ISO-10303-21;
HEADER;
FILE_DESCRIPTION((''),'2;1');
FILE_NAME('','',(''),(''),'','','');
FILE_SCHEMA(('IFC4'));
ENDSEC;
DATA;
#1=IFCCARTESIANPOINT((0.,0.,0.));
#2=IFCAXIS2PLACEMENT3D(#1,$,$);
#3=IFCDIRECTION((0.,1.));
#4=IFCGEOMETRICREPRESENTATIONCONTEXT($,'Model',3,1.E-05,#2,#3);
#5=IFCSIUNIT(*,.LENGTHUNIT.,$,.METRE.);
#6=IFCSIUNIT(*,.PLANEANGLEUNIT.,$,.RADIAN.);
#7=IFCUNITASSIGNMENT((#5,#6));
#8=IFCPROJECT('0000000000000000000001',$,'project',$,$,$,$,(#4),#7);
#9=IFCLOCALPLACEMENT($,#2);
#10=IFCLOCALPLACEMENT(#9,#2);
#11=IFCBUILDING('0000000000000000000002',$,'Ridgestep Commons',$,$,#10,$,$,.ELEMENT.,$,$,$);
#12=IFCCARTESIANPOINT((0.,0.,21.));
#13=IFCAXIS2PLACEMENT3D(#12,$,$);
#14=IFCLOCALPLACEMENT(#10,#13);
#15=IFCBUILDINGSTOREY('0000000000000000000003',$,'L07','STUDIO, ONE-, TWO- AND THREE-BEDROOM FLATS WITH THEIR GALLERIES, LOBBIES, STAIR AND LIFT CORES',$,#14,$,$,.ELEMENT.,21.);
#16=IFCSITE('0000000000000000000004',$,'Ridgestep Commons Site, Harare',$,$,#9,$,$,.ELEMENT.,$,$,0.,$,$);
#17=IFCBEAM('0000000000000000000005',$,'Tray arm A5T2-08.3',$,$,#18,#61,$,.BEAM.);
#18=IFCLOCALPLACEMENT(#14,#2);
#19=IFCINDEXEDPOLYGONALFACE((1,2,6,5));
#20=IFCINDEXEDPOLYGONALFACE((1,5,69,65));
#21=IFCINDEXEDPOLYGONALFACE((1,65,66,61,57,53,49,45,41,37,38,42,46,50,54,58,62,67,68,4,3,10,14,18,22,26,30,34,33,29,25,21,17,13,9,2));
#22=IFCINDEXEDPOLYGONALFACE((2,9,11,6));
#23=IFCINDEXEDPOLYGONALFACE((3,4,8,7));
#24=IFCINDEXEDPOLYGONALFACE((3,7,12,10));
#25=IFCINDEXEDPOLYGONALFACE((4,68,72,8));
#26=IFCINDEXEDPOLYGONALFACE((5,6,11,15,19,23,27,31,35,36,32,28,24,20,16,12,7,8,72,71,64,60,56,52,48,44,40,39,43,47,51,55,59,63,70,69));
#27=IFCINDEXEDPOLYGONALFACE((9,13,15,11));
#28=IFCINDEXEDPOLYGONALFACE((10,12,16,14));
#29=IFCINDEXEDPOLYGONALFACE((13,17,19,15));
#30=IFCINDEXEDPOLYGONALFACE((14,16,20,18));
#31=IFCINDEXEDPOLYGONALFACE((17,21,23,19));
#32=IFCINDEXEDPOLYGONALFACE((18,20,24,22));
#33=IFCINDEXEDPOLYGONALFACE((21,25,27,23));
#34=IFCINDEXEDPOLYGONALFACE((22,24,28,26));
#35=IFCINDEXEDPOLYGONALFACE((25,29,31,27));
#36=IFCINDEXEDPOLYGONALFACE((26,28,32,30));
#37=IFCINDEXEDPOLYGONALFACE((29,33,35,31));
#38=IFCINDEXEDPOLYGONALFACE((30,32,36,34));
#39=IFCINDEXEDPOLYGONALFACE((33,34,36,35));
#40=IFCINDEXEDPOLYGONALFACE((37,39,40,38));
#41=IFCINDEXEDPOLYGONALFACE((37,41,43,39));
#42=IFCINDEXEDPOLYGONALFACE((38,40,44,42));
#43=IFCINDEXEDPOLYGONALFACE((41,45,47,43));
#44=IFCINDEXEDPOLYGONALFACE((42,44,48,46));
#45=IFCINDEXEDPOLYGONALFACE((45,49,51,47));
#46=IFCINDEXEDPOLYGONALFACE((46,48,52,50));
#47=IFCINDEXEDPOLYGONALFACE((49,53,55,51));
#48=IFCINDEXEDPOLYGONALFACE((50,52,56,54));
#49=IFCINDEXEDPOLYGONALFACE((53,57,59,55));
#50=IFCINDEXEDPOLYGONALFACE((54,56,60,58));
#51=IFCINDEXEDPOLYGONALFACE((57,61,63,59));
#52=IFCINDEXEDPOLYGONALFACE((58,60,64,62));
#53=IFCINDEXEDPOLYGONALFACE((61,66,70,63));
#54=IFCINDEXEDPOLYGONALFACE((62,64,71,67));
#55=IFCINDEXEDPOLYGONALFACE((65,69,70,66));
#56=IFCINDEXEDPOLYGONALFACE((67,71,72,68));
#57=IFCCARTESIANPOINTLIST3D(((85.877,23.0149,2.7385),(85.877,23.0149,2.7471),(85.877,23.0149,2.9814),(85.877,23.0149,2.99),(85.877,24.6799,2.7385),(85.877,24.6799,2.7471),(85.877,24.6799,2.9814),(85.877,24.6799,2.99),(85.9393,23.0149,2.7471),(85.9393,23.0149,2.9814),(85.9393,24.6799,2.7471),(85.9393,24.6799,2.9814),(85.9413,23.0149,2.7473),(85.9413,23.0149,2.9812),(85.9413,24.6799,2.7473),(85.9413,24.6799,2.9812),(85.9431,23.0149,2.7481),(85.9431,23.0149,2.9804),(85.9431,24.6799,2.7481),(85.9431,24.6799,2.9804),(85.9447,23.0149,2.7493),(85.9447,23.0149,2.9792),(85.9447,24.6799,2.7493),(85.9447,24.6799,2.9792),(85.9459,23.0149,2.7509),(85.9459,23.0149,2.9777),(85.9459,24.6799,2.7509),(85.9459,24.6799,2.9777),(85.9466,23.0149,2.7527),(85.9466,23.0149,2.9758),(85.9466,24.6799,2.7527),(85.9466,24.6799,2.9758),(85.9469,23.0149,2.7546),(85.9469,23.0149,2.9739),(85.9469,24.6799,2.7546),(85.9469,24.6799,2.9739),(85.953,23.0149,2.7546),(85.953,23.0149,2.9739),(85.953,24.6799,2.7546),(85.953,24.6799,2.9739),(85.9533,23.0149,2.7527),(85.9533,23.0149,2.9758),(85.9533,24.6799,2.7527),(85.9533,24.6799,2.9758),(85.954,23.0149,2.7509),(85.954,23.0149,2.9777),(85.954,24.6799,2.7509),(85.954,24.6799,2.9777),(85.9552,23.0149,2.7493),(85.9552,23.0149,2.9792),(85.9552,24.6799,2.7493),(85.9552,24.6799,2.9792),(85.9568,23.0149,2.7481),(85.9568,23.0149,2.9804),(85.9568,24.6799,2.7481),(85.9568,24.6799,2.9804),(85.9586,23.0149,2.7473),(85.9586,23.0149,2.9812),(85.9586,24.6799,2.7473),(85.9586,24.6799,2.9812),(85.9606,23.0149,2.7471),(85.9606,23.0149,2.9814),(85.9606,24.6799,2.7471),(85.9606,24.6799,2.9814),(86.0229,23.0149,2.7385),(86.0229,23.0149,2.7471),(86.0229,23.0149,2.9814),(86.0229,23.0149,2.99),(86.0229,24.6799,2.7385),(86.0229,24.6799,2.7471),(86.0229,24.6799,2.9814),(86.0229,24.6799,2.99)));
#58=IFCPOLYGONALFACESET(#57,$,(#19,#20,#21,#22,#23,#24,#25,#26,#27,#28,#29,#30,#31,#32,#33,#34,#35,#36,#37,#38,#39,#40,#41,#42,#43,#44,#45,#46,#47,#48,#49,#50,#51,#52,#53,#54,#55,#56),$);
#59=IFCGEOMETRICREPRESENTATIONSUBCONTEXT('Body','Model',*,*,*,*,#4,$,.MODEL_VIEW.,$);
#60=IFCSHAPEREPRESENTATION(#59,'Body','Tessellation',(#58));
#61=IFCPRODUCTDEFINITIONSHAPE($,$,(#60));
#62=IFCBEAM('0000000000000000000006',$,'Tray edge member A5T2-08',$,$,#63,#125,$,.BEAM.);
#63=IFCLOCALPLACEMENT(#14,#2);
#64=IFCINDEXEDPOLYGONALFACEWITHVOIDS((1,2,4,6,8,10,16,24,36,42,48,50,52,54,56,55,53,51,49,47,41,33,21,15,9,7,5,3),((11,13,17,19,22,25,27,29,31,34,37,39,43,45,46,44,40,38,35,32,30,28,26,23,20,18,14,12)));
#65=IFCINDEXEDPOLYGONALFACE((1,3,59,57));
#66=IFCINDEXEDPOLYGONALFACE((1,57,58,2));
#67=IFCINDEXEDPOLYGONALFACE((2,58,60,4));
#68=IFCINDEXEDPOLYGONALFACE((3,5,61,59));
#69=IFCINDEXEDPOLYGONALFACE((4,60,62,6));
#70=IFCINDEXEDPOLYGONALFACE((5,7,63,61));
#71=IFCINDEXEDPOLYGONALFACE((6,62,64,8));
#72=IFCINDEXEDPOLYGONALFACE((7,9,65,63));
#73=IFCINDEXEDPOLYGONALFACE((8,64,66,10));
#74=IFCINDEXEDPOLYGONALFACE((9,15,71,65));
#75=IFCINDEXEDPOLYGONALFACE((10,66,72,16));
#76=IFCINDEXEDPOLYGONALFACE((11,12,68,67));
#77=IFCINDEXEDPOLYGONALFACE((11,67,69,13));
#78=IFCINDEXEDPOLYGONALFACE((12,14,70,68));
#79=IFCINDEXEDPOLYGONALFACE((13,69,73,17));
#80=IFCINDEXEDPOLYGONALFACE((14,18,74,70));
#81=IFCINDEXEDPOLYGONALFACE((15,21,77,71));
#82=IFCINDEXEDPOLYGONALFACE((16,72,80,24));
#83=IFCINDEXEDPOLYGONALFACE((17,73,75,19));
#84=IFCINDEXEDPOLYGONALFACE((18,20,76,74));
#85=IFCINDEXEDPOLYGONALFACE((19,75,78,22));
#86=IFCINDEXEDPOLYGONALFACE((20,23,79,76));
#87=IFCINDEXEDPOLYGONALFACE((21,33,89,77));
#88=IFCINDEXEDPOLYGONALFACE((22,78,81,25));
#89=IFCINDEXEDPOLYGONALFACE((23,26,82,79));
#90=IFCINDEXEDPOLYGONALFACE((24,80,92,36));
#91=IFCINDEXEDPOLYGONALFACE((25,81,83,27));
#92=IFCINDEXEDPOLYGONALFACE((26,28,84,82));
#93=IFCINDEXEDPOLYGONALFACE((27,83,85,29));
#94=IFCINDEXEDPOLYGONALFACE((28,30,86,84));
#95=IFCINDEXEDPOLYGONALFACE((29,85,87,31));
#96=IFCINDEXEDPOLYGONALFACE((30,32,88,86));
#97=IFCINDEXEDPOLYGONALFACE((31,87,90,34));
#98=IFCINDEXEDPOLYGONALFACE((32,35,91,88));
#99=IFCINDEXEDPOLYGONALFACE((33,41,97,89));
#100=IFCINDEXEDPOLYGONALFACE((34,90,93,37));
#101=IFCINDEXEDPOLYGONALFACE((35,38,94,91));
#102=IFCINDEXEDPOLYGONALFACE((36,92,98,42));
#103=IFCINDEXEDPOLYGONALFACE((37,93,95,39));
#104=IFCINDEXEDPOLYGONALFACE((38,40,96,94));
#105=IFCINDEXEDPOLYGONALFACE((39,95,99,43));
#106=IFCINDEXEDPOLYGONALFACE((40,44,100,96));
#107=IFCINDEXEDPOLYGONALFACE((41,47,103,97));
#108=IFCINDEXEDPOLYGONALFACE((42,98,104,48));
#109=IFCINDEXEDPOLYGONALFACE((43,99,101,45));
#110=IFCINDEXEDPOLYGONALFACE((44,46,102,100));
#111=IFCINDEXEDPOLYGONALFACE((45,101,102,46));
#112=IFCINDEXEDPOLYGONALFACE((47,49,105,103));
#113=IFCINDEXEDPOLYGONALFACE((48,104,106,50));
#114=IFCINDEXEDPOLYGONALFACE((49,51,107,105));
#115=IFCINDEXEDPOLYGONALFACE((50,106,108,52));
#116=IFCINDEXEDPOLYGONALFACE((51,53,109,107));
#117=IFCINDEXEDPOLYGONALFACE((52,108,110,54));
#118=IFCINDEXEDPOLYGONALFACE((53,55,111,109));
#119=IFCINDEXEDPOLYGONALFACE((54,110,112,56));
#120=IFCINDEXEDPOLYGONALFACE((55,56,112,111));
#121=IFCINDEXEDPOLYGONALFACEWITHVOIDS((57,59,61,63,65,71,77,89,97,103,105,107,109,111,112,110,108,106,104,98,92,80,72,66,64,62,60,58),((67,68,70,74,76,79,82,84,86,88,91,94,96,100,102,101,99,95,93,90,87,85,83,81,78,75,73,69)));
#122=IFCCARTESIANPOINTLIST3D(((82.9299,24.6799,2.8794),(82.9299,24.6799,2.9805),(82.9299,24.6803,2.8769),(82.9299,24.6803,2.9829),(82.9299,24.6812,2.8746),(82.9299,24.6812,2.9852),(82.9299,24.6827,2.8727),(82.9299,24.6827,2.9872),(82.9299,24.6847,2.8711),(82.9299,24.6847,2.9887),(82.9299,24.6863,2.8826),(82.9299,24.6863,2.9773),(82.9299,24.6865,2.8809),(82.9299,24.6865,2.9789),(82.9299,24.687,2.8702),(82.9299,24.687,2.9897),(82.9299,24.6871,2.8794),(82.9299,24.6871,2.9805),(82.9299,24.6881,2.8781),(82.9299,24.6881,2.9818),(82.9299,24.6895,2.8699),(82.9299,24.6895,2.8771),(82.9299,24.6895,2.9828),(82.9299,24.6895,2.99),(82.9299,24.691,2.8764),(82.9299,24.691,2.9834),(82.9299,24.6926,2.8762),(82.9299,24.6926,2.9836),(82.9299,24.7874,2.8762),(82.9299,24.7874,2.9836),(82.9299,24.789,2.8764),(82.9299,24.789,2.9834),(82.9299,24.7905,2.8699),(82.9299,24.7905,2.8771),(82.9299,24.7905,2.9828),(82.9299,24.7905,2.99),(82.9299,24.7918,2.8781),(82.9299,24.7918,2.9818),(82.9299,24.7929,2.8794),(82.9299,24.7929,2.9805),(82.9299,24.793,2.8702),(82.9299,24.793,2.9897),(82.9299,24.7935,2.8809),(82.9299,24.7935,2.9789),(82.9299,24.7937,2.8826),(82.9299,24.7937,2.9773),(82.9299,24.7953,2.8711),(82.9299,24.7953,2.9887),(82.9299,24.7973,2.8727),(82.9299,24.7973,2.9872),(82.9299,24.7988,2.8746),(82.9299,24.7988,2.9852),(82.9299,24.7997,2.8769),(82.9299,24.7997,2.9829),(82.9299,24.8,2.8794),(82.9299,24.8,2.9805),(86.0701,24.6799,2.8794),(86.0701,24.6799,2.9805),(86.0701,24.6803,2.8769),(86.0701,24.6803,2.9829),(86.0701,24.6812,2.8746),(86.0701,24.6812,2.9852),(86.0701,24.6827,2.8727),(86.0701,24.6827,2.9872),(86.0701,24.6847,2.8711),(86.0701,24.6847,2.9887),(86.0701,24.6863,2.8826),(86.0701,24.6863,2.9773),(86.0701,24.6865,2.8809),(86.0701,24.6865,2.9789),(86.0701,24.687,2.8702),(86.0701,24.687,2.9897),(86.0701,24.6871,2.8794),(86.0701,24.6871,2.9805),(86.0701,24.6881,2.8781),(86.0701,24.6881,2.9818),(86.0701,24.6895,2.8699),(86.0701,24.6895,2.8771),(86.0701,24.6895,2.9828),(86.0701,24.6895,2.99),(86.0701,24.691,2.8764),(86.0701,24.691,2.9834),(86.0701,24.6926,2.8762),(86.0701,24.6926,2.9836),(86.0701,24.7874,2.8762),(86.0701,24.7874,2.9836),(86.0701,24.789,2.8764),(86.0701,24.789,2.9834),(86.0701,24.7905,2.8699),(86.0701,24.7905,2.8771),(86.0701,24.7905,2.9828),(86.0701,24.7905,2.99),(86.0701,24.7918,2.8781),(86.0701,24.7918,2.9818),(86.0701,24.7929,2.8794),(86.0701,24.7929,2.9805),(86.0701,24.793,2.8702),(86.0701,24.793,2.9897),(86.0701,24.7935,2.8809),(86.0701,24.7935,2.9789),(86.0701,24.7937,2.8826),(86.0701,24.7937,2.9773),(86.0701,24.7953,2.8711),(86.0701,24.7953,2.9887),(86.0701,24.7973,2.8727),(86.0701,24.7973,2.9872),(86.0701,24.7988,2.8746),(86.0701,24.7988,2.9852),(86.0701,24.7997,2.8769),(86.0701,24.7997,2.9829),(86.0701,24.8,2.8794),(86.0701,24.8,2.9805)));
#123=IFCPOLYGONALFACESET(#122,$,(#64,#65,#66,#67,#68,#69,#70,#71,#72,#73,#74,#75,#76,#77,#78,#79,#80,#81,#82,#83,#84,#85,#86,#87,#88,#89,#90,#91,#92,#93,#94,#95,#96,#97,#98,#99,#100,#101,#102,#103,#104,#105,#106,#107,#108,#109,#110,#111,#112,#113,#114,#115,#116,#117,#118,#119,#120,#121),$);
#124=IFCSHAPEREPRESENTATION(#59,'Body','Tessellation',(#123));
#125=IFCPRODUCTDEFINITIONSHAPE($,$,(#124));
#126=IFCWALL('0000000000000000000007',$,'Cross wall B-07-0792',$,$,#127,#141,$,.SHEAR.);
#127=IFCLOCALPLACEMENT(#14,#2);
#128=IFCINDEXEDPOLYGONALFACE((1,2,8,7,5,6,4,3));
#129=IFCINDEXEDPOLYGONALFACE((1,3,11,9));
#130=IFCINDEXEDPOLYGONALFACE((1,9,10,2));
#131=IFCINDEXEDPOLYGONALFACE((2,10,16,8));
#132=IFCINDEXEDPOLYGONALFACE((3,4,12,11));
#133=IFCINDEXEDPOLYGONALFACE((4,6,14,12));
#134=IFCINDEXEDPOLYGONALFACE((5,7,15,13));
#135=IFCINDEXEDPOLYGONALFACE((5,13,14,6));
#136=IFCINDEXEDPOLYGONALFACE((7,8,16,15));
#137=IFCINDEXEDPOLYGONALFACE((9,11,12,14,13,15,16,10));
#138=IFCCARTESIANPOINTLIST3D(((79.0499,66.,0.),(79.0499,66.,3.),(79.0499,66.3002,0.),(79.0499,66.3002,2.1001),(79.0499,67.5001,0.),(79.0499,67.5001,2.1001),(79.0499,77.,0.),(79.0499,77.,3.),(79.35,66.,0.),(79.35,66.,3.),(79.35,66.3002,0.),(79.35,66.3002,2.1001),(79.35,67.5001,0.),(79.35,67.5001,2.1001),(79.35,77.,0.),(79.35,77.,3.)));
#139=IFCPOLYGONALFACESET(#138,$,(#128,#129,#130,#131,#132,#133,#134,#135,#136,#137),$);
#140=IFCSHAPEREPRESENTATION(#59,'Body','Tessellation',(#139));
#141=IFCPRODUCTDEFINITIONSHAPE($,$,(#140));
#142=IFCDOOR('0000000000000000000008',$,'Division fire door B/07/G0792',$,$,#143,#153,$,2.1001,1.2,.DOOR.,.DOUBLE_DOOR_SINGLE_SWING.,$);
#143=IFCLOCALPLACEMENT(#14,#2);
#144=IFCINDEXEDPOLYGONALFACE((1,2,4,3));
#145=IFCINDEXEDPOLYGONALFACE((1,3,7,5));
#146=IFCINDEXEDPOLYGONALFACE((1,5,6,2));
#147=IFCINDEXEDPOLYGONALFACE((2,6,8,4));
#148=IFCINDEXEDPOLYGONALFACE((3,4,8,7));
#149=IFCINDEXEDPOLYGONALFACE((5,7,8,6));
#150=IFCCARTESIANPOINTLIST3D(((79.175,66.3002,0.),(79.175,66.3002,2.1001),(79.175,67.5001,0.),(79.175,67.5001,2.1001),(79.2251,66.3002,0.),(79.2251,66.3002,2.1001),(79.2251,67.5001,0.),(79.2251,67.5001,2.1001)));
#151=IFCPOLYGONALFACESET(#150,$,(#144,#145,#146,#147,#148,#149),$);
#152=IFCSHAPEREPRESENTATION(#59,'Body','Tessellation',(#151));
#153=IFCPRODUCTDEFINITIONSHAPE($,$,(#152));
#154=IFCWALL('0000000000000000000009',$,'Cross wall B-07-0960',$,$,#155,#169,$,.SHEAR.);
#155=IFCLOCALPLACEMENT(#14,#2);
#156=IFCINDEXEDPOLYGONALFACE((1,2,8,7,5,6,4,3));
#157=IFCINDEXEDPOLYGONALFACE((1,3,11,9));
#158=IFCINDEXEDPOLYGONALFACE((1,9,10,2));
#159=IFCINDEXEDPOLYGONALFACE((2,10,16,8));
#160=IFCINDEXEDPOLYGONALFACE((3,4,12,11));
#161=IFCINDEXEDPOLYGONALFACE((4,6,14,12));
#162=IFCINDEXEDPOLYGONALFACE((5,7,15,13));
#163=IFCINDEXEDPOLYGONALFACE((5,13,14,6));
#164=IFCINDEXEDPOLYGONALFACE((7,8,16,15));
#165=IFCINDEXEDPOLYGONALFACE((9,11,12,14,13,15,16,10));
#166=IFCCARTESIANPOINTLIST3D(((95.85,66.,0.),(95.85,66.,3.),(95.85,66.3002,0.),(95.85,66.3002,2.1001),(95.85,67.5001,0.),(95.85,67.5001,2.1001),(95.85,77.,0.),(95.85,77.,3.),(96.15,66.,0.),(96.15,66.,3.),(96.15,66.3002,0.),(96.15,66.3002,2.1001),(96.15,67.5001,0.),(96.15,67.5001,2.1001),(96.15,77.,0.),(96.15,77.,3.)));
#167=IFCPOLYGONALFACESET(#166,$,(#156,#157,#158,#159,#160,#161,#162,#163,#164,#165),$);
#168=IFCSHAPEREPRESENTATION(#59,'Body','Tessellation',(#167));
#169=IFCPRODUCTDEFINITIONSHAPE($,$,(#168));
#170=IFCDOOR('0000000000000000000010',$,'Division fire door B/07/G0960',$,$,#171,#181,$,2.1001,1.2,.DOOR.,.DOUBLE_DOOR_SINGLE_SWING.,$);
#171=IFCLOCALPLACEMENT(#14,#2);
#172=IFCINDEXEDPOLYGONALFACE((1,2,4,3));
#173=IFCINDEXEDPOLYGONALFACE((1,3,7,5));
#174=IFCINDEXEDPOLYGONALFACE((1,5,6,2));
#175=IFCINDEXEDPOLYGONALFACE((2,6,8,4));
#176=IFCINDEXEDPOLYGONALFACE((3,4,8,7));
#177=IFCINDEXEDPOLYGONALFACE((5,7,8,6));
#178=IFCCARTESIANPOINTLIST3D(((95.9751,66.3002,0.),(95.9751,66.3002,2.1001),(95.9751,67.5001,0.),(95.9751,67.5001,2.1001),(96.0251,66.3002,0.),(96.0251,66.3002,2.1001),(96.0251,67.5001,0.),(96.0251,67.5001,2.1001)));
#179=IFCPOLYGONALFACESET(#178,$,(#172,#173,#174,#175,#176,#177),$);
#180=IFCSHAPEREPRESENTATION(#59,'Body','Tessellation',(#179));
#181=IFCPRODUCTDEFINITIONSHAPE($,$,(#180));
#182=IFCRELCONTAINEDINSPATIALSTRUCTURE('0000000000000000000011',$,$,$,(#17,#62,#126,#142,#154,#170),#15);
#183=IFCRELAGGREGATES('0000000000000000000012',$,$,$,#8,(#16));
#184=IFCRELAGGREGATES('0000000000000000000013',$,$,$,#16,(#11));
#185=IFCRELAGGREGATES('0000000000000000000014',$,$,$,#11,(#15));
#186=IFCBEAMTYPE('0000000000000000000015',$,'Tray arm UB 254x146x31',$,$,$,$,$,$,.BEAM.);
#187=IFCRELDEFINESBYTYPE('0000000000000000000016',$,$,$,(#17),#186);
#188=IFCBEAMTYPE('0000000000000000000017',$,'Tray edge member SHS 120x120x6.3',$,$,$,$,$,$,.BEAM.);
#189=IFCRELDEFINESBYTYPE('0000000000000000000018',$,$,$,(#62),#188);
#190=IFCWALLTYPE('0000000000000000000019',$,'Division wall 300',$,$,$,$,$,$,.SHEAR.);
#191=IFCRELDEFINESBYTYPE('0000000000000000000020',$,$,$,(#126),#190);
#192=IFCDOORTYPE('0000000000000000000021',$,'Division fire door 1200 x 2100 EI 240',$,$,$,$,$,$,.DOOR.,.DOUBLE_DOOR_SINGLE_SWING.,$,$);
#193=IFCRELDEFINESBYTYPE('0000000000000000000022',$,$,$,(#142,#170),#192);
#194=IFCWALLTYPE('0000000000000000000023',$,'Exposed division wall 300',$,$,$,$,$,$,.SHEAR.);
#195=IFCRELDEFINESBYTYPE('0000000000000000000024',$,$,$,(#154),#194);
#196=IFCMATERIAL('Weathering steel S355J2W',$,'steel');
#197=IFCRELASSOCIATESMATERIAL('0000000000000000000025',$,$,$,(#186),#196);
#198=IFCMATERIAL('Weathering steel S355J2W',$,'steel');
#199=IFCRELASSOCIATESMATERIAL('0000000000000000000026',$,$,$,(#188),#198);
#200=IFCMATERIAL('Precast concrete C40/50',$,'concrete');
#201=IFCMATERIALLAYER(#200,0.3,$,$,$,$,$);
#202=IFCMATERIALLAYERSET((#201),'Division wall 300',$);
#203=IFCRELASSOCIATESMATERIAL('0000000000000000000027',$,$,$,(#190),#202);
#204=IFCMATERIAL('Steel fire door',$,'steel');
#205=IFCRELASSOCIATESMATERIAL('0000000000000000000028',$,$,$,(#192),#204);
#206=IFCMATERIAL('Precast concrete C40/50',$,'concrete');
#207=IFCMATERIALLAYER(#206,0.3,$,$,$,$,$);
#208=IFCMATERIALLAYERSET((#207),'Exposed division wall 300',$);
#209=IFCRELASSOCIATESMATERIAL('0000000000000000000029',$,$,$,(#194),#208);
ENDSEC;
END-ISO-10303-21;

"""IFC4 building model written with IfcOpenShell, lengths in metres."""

from ifc_helpers import new_model, si_unit, direction, frame, frame_2d, origin, origin_2d, place, context, subcontext, project, spatial, rectangle, hollow_rectangle, i_section, extrude, material, layer, layer_set, material_profile, profile_set, type_object, element, fill, save


model = new_model("IFC4")

# Units and contexts
model_context = context("Model", 3, precision=1e-05, world=origin(), true_north=direction((0.0, 1.0)))
body_context = subcontext(model_context, "Body", "Model", "MODEL_VIEW")
ifc_project = project(units=[si_unit("LENGTHUNIT", "METRE"), si_unit("PLANEANGLEUNIT", "RADIAN")], contexts=[model_context])

# Site, building, storey
site_placement = place(None, origin())
site = spatial("IfcSite", under=ifc_project, at=site_placement, Name="Ridgestep Commons Site, Harare", CompositionType="ELEMENT", RefElevation=0.0)
building_placement = place(site_placement, origin())
building = spatial("IfcBuilding", under=site, at=building_placement, Name="Ridgestep Commons", CompositionType="ELEMENT")
storey_placement = place(building_placement, frame((0.0, 0.0, 21.0)))
storey = spatial("IfcBuildingStorey", under=building, at=storey_placement, Name="L07", Description="STUDIO, ONE-, TWO- AND THREE-BEDROOM FLATS WITH THEIR GALLERIES, LOBBIES, STAIR AND LIFT CORES", CompositionType="ELEMENT", Elevation=21.0)

# Beams
ifc_material_1 = material(Name="Weathering steel S355J2W", Category="steel")
ifc_material_profile_1 = material_profile(ifc_material_1, i_section(OverallWidth=0.146, OverallDepth=0.2515, WebThickness=0.0061, FlangeThickness=0.0085, FilletRadius=0.0076, at=origin_2d()), Name="UB 254x146x31")
ifc_profile_set_1 = profile_set([ifc_material_profile_1], Name="Weathering steel S355J2W")
beam_type_1 = type_object("IfcBeamType", Name="Tray arm UB 254x146x31", PredefinedType="BEAM", material=ifc_profile_set_1)
for number, where, z_axis, x_axis, name in (
    (1, (85.95, 23.0149, 2.8643), (0.0, 1.0, 0.0), (-1.0, 0.0, 0.0), "Tray arm A5T2-08.3"),
):
    element("IfcBeam", number, at=place(storey_placement, frame(where, z_axis=z_axis, x_axis=x_axis)), inside=storey, type_object=beam_type_1, Name=name, PredefinedType="BEAM", context=body_context, shape_type="SweptSolid", body=[
        extrude(i_section(OverallWidth=0.146, OverallDepth=0.2515, WebThickness=0.0061, FlangeThickness=0.0085, FilletRadius=0.0076, at=origin_2d()), origin(), (0.0, 0.0, 1.0), 1.665),
    ])
ifc_material_2 = material(Name="Weathering steel S355J2W", Category="steel")
ifc_material_profile_2 = material_profile(ifc_material_2, hollow_rectangle(XDim=0.1201, YDim=0.1201, WallThickness=0.0063, InnerFilletRadius=0.0063, OuterFilletRadius=0.0095, at=origin_2d()), Name="SHS 120x120x6.3")
ifc_profile_set_2 = profile_set([ifc_material_profile_2], Name="Weathering steel S355J2W")
beam_type_2 = type_object("IfcBeamType", Name="Tray edge member SHS 120x120x6.3", PredefinedType="BEAM", material=ifc_profile_set_2)
beam_1_placement = place(storey_placement, frame((82.9299, 24.74, 2.9299), z_axis=(1.0, 0.0, 0.0), x_axis=(0.0, 0.0, 1.0)))
element("IfcBeam", 2, at=beam_1_placement, inside=storey, type_object=beam_type_2, Name="Tray edge member A5T2-08", PredefinedType="BEAM", context=body_context, shape_type="SweptSolid", body=[
    extrude(hollow_rectangle(XDim=0.1201, YDim=0.1201, WallThickness=0.0063, InnerFilletRadius=0.0063, OuterFilletRadius=0.0095, at=origin_2d()), origin(), (0.0, 0.0, 1.0), 3.1401),
])

# Walls, openings, doors
ifc_material_3 = material(Name="Precast concrete C40/50", Category="concrete")
ifc_layer_1 = layer(ifc_material_3, 0.3)
ifc_layer_set_1 = layer_set([ifc_layer_1], Name="Division wall 300")
wall_type_1 = type_object("IfcWallType", Name="Division wall 300", PredefinedType="SHEAR", material=ifc_layer_set_1)
wall_1_placement = place(storey_placement, frame((79.2, 66.0, 0.0), z_axis=(0.0, 0.0, 1.0), x_axis=(0.0, 1.0, 0.0)))
wall_1 = element("IfcWall", 3, at=wall_1_placement, inside=storey, type_object=wall_type_1, Name="Cross wall B-07-0792", PredefinedType="SHEAR", context=body_context, shape_type="SweptSolid", body=[
    extrude(rectangle(XDim=11.0, YDim=0.3, at=frame_2d((5.5, 0.0))), origin(), (0.0, 0.0, 1.0), 3.0),
])
opening_1_placement = place(wall_1_placement, frame((0.3, 0.0, 0.0)))
opening_1 = element("IfcOpeningElement", 4, at=opening_1_placement, cuts=wall_1, PredefinedType="OPENING", context=body_context, shape_type="SweptSolid", body=[
    extrude(rectangle(XDim=1.2, YDim=2.1001, at=frame_2d((0.6001, 1.05))), frame((0.0, 0.1599, 0.0), z_axis=(0.0, -1.0, 0.0), x_axis=(1.0, 0.0, 0.0)), (0.0, 0.0, 1.0), 0.3201),
])
ifc_material_4 = material(Name="Steel fire door", Category="steel")
door_type = type_object("IfcDoorType", Name="Division fire door 1200 x 2100 EI 240", OperationType="DOUBLE_DOOR_SINGLE_SWING", PredefinedType="DOOR", material=ifc_material_4)
door_1_placement = place(opening_1_placement, origin())
door_1 = element("IfcDoor", 5, at=door_1_placement, inside=storey, type_object=door_type, Name="Division fire door B/07/G0792", OperationType="DOUBLE_DOOR_SINGLE_SWING", OverallHeight=2.1001, OverallWidth=1.2, PredefinedType="DOOR", context=body_context, shape_type="SweptSolid", body=[
    extrude(rectangle(XDim=1.2, YDim=2.1001, at=frame_2d((0.6001, 1.05))), frame((0.0, 0.0249, 0.0), z_axis=(0.0, -1.0, 0.0), x_axis=(1.0, 0.0, 0.0)), (0.0, 0.0, 1.0), 0.05),
])
fill(opening_1, door_1)
ifc_material_5 = material(Name="Precast concrete C40/50", Category="concrete")
ifc_layer_2 = layer(ifc_material_5, 0.3)
ifc_layer_set_2 = layer_set([ifc_layer_2], Name="Exposed division wall 300")
wall_type_2 = type_object("IfcWallType", Name="Exposed division wall 300", PredefinedType="SHEAR", material=ifc_layer_set_2)
wall_2_placement = place(storey_placement, frame((96.0, 66.0, 0.0), z_axis=(0.0, 0.0, 1.0), x_axis=(0.0, 1.0, 0.0)))
wall_2 = element("IfcWall", 6, at=wall_2_placement, inside=storey, type_object=wall_type_2, Name="Cross wall B-07-0960", PredefinedType="SHEAR", context=body_context, shape_type="SweptSolid", body=[
    extrude(rectangle(XDim=11.0, YDim=0.3, at=frame_2d((5.5, 0.0))), origin(), (0.0, 0.0, 1.0), 3.0),
])
opening_2_placement = place(wall_2_placement, frame((0.3, 0.0, 0.0)))
opening_2 = element("IfcOpeningElement", 7, at=opening_2_placement, cuts=wall_2, PredefinedType="OPENING", context=body_context, shape_type="SweptSolid", body=[
    extrude(rectangle(XDim=1.2, YDim=2.1001, at=frame_2d((0.6001, 1.05))), frame((0.0, 0.1599, 0.0), z_axis=(0.0, -1.0, 0.0), x_axis=(1.0, 0.0, 0.0)), (0.0, 0.0, 1.0), 0.3201),
])
door_2_placement = place(opening_2_placement, origin())
door_2 = element("IfcDoor", 8, at=door_2_placement, inside=storey, type_object=door_type, Name="Division fire door B/07/G0960", OperationType="DOUBLE_DOOR_SINGLE_SWING", OverallHeight=2.1001, OverallWidth=1.2, PredefinedType="DOOR", context=body_context, shape_type="SweptSolid", body=[
    extrude(rectangle(XDim=1.2, YDim=2.1001, at=frame_2d((0.6001, 1.05))), frame((0.0, 0.0249, 0.0), z_axis=(0.0, -1.0, 0.0), x_axis=(1.0, 0.0, 0.0)), (0.0, 0.0, 1.0), 0.05),
])
fill(opening_2, door_2)

save(model, "model.ifc")
